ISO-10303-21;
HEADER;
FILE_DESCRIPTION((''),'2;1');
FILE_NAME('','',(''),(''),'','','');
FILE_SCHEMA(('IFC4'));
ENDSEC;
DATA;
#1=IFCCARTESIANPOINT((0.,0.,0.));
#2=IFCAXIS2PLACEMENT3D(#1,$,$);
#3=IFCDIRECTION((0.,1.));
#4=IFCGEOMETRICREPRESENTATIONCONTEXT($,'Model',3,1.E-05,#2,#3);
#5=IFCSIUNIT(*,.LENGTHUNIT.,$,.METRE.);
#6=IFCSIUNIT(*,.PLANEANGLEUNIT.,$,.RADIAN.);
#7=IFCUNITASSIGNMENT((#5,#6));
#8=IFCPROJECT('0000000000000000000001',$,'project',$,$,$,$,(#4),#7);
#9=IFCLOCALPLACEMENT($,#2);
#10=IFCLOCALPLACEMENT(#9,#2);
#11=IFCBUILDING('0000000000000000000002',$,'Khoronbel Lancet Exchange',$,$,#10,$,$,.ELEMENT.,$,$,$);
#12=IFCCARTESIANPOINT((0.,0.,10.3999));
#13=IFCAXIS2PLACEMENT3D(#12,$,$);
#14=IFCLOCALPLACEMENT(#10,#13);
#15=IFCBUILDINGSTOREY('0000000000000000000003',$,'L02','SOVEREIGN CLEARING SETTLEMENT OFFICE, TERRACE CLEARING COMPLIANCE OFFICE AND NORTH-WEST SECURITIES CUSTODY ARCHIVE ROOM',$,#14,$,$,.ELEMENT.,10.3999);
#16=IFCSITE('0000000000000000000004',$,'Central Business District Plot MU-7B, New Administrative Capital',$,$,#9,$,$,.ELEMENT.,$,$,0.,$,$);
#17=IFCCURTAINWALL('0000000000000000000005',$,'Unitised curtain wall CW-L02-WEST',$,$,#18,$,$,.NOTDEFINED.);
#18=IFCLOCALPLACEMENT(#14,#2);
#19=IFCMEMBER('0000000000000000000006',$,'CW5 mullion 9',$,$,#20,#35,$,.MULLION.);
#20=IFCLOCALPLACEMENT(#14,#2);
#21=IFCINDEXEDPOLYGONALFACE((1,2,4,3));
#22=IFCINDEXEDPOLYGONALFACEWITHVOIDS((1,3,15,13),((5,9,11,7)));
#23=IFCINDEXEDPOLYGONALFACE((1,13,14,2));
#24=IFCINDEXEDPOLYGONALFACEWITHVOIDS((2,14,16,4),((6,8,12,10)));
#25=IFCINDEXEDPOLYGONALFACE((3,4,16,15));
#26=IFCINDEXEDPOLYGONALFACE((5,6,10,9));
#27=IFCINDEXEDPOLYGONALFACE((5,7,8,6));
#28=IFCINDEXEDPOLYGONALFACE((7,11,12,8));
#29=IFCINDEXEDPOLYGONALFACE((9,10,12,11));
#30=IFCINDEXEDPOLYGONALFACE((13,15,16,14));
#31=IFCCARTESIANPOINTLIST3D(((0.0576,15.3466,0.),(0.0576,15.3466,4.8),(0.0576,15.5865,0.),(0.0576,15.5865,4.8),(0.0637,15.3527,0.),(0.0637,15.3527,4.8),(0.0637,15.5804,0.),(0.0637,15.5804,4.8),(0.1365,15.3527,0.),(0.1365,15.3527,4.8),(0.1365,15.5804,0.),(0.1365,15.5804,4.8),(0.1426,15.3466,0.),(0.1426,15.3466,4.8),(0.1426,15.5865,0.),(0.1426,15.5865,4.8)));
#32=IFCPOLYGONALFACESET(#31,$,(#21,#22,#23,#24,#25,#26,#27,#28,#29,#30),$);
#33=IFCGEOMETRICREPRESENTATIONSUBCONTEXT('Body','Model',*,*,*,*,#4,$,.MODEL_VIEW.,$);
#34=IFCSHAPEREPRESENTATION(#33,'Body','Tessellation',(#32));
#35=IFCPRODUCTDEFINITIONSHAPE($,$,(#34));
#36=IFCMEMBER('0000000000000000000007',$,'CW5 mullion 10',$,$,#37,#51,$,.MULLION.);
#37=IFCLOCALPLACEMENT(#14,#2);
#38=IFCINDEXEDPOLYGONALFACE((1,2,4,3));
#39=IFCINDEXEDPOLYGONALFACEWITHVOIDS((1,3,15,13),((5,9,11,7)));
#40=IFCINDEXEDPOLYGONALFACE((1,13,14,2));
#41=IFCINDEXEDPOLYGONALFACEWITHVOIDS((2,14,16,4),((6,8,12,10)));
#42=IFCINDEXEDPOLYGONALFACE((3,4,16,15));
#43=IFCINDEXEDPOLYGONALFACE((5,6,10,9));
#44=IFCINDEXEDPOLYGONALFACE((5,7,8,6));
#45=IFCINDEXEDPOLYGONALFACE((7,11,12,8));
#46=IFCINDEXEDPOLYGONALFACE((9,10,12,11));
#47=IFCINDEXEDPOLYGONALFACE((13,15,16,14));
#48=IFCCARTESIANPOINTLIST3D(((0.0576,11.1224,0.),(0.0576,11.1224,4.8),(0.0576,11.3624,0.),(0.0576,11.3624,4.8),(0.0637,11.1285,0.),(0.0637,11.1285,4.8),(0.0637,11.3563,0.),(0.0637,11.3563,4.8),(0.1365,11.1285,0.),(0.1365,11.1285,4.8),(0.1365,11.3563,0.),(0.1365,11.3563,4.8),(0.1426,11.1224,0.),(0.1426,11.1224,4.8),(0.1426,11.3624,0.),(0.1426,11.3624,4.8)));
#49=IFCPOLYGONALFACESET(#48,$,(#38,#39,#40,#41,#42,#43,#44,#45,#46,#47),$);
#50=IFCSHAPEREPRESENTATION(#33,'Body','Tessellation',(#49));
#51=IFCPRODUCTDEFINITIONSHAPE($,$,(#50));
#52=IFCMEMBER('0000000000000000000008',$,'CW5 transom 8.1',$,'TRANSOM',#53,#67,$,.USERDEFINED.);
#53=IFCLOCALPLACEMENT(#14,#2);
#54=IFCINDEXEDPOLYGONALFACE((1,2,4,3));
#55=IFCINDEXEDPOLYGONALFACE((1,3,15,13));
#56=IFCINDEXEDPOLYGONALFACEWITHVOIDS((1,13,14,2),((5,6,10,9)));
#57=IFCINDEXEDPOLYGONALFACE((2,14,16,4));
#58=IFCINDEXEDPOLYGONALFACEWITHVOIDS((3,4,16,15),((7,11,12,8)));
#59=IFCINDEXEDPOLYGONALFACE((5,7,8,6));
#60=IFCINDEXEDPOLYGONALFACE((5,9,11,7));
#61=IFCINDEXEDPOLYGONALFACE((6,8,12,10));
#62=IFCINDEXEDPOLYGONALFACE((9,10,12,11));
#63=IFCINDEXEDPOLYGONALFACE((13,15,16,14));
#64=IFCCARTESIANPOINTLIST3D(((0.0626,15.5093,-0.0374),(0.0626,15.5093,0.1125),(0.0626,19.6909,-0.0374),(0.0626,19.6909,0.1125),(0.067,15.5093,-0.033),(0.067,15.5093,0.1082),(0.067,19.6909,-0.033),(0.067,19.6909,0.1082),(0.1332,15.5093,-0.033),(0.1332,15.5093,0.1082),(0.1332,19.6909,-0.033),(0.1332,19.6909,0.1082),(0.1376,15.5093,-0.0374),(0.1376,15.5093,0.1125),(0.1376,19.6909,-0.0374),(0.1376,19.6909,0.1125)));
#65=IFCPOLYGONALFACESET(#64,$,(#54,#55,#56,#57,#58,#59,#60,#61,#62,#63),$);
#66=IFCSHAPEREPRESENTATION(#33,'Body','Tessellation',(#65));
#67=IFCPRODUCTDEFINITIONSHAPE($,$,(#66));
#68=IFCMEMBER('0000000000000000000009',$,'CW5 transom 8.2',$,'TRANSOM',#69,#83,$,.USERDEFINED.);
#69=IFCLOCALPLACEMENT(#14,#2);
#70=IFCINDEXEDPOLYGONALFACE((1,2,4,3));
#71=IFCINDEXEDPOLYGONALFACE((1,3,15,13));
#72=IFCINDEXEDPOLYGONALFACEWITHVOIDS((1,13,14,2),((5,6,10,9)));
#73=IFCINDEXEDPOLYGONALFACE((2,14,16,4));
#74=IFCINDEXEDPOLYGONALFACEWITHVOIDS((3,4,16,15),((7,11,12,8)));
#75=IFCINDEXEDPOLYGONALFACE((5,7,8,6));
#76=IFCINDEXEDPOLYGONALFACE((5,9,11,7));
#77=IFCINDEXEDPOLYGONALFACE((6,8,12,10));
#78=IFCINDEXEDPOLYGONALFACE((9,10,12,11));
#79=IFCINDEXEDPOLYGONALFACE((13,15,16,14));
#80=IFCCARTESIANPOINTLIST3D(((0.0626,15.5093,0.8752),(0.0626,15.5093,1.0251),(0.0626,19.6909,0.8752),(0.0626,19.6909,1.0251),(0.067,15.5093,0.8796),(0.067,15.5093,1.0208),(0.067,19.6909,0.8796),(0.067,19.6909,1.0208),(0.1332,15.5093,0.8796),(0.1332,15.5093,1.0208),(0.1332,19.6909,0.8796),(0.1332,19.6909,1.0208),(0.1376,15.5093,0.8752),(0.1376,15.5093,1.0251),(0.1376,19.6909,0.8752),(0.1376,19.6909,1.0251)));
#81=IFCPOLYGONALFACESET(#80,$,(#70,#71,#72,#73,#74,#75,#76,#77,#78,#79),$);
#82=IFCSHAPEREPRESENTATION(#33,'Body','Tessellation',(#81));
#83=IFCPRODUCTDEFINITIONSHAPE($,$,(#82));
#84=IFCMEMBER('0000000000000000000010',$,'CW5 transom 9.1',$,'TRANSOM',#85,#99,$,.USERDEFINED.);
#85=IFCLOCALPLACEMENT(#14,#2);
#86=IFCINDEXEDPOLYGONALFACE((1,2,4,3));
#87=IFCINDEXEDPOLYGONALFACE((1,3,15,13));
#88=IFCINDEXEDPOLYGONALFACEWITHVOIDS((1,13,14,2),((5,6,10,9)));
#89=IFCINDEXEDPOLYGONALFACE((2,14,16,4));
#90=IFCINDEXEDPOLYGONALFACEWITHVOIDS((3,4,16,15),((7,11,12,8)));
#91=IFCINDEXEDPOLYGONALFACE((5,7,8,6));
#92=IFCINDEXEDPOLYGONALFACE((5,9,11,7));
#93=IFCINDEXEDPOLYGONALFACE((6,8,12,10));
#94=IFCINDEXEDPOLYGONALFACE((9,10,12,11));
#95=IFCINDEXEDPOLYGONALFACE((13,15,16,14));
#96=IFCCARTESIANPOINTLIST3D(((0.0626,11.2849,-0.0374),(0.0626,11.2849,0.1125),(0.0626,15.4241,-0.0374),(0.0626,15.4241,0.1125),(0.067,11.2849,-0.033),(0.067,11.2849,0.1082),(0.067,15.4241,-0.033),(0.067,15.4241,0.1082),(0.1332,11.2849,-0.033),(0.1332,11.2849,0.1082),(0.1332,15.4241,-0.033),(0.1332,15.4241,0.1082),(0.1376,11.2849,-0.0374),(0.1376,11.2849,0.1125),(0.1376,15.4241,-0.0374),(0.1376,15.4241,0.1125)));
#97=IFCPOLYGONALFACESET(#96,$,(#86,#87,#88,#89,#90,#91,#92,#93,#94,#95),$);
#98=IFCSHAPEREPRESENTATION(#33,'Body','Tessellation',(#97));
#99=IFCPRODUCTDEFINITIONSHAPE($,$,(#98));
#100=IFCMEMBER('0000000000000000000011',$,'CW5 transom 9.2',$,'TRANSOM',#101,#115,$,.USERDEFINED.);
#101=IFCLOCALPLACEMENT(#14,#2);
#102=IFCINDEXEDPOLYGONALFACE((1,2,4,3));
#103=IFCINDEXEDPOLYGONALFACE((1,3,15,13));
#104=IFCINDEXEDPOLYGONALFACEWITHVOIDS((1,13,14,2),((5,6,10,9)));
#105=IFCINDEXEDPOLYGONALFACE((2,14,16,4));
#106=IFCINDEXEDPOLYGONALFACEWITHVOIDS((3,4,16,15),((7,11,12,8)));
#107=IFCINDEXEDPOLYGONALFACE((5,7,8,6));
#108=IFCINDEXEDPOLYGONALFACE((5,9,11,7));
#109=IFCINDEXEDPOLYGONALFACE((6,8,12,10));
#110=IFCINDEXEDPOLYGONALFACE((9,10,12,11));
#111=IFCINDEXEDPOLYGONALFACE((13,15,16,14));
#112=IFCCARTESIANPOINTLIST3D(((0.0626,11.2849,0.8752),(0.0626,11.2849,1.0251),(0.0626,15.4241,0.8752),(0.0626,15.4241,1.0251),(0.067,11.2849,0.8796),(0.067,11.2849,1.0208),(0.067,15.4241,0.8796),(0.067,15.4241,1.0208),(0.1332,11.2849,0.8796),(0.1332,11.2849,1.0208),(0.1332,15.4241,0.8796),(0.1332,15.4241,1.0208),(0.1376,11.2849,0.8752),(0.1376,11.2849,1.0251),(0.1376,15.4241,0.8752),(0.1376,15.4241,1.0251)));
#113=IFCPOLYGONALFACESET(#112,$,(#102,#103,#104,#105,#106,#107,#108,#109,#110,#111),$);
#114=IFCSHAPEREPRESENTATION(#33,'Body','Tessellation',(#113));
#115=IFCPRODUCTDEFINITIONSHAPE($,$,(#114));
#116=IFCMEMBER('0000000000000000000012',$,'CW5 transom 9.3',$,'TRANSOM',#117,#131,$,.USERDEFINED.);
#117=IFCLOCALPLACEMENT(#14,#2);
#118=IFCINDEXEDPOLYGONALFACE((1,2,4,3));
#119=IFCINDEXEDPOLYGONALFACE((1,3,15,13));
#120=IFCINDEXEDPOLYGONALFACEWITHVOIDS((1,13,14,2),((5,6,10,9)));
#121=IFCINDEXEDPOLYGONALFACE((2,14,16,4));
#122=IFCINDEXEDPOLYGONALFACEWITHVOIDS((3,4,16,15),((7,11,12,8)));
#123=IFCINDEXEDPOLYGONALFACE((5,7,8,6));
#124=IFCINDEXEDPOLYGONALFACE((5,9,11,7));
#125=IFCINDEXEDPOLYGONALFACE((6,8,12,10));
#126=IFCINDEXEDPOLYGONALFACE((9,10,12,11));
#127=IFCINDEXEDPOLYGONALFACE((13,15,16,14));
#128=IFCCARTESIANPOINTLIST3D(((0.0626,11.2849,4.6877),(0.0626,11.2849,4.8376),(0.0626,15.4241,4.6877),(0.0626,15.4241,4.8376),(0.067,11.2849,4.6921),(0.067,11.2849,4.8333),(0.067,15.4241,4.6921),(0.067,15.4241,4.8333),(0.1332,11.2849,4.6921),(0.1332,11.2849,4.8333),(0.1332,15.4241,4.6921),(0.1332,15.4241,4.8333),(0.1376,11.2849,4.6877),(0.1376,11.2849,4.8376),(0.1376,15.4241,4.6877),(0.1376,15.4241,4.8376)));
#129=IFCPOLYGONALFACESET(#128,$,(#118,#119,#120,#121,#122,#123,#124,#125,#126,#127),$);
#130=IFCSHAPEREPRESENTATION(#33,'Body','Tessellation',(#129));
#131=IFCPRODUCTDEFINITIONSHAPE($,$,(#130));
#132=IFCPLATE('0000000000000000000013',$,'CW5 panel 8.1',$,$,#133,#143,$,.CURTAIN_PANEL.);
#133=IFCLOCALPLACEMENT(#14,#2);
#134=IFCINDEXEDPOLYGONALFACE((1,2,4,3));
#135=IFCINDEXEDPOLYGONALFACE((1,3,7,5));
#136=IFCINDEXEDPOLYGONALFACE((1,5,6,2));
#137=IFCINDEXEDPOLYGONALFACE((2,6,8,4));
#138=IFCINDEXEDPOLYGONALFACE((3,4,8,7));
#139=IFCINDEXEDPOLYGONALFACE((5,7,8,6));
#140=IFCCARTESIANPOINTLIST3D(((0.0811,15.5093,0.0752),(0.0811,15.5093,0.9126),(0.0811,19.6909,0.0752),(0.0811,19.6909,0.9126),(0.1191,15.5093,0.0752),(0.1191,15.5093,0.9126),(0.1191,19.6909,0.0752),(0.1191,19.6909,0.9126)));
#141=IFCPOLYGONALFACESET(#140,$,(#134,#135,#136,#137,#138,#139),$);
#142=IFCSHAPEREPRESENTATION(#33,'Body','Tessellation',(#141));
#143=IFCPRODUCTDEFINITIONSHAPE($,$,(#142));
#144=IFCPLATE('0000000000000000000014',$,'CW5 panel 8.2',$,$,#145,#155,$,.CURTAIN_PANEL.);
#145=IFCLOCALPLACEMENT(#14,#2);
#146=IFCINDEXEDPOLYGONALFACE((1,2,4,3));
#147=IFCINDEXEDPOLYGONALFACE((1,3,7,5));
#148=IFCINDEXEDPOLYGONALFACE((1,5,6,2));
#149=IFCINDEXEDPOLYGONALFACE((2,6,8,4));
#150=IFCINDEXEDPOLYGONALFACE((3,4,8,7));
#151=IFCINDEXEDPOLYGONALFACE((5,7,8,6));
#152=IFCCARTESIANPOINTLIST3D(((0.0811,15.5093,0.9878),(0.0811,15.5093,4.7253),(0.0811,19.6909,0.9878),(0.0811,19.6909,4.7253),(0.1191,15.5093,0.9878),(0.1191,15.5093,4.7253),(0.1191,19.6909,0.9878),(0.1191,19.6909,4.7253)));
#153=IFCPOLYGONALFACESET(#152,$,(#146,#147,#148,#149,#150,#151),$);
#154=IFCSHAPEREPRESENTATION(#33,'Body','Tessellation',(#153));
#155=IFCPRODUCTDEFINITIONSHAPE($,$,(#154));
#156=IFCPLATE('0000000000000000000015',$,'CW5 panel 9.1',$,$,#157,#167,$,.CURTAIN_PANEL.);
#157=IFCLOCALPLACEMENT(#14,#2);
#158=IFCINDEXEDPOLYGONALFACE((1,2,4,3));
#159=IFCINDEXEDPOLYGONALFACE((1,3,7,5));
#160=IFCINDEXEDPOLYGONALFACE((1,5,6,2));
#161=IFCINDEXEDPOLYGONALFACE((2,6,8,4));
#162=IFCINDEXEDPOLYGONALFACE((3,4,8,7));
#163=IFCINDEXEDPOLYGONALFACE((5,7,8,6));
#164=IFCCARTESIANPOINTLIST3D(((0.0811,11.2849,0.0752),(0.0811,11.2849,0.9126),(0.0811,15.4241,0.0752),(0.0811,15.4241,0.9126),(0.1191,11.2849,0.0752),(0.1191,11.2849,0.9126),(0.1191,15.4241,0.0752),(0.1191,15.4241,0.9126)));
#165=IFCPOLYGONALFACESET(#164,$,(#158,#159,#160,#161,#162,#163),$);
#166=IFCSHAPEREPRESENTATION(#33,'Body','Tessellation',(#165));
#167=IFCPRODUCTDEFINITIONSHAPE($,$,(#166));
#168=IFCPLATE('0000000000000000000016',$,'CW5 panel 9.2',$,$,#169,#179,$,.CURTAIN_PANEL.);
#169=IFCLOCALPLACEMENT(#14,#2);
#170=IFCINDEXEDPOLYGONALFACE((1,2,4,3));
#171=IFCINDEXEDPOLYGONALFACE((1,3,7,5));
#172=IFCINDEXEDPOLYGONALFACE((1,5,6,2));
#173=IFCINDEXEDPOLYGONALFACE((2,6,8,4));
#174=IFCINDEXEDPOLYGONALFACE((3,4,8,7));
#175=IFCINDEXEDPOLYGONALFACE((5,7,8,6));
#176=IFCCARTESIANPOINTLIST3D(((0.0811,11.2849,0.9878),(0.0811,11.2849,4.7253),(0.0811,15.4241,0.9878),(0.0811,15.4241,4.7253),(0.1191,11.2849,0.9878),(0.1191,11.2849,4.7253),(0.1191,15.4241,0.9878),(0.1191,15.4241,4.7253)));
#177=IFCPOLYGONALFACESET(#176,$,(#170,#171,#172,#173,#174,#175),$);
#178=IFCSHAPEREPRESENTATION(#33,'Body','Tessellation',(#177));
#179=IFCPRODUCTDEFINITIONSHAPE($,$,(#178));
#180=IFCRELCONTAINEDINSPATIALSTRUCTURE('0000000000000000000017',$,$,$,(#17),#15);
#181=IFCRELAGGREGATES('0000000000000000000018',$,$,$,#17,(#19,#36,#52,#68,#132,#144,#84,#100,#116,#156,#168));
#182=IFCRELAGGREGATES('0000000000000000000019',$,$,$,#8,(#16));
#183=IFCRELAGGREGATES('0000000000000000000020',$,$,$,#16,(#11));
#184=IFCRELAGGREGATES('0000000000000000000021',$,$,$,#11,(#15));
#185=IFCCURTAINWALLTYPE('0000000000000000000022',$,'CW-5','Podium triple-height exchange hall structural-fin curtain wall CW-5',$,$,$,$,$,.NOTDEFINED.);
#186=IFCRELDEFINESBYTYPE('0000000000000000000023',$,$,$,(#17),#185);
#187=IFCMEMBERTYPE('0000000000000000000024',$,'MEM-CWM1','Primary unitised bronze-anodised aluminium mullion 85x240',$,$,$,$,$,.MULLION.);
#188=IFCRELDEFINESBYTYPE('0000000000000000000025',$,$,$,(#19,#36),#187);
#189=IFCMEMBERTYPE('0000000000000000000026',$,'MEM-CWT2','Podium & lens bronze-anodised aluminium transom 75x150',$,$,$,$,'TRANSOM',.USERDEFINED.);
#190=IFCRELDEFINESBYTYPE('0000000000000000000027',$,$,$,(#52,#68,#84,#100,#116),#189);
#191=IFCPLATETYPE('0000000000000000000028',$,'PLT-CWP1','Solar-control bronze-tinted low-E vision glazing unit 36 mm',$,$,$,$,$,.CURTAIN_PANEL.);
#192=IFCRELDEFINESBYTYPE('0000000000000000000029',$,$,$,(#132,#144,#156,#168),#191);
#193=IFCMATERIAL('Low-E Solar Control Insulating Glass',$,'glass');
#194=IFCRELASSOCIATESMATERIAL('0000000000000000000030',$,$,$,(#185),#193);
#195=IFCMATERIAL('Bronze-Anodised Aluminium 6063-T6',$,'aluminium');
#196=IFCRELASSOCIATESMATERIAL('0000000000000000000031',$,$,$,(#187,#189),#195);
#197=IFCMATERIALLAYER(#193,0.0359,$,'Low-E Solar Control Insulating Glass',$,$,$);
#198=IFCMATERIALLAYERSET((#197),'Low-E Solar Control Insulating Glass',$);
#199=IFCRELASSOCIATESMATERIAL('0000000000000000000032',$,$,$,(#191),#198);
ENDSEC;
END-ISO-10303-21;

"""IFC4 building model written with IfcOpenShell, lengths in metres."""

from ifc_helpers import new_model, si_unit, direction, frame, origin, origin_2d, place, context, subcontext, project, spatial, rectangle, hollow_rectangle, extrude, material, layer, layer_set, material_profile, profile_set, type_object, element, aggregate, save


model = new_model("IFC4")

# Units and contexts
model_context = context("Model", 3, precision=1e-05, world=origin(), true_north=direction((0.0, 1.0)))
body_context = subcontext(model_context, "Body", "Model", "MODEL_VIEW")
ifc_project = project(units=[si_unit("LENGTHUNIT", "METRE"), si_unit("PLANEANGLEUNIT", "RADIAN")], contexts=[model_context])

# Site, building, storey
site_placement = place(None, origin())
site = spatial("IfcSite", under=ifc_project, at=site_placement, Name="Central Business District Plot MU-7B, New Administrative Capital", CompositionType="ELEMENT", RefElevation=0.0)
building_placement = place(site_placement, origin())
building = spatial("IfcBuilding", under=site, at=building_placement, Name="Khoronbel Lancet Exchange", CompositionType="ELEMENT")
storey_placement = place(building_placement, frame((0.0, 0.0, 10.3999)))
storey = spatial("IfcBuildingStorey", under=building, at=storey_placement, Name="L02", Description="SOVEREIGN CLEARING SETTLEMENT OFFICE, TERRACE CLEARING COMPLIANCE OFFICE AND NORTH-WEST SECURITIES CUSTODY ARCHIVE ROOM", CompositionType="ELEMENT", Elevation=10.3999)

# Curtain wall, members, plates
ifc_material_1 = material(Name="Low-E Solar Control Insulating Glass", Category="glass")
curtain_wall_type = type_object("IfcCurtainWallType", Name="CW-5", Description="Podium triple-height exchange hall structural-fin curtain wall CW-5", PredefinedType="NOTDEFINED", material=ifc_material_1)
curtain_wall_placement = place(storey_placement, origin())
curtain_wall = element("IfcCurtainWall", 1, at=curtain_wall_placement, inside=storey, type_object=curtain_wall_type, Name="Unitised curtain wall CW-L02-WEST", PredefinedType="NOTDEFINED")
ifc_material_2 = material(Name="Bronze-Anodised Aluminium 6063-T6", Category="aluminium")
ifc_material_profile_1 = material_profile(ifc_material_2, hollow_rectangle(XDim=0.085, YDim=0.24, WallThickness=0.0061, at=origin_2d()), Name="ALU MULLION 85x240")
ifc_profile_set_1 = profile_set([ifc_material_profile_1], Name="Bronze-Anodised Aluminium 6063-T6")
member_type_1 = type_object("IfcMemberType", Name="MEM-CWM1", Description="Primary unitised bronze-anodised aluminium mullion 85x240", PredefinedType="MULLION", material=ifc_profile_set_1)
member_1_placement = place(storey_placement, frame((0.1001, 15.4666, 0.0), z_axis=(0.0, 0.0, 1.0), x_axis=(1.0, 0.0, 0.0)))
member_1 = element("IfcMember", 2, at=member_1_placement, type_object=member_type_1, Name="CW5 mullion 9", PredefinedType="MULLION", context=body_context, shape_type="SweptSolid", body=[
    extrude(hollow_rectangle(XDim=0.085, YDim=0.24, WallThickness=0.0061, at=origin_2d()), origin(), (0.0, 0.0, 1.0), 4.8),
])
member_2_placement = place(storey_placement, frame((0.1001, 11.2424, 0.0), z_axis=(0.0, 0.0, 1.0), x_axis=(1.0, 0.0, 0.0)))
member_2 = element("IfcMember", 3, at=member_2_placement, type_object=member_type_1, Name="CW5 mullion 10", PredefinedType="MULLION", context=body_context, shape_type="SweptSolid", body=[
    extrude(hollow_rectangle(XDim=0.085, YDim=0.24, WallThickness=0.0061, at=origin_2d()), origin(), (0.0, 0.0, 1.0), 4.8),
])
ifc_material_profile_2 = material_profile(ifc_material_2, hollow_rectangle(XDim=0.075, YDim=0.1499, WallThickness=0.0044, at=origin_2d()), Name="ALU TRANSOM 75x150")
ifc_profile_set_2 = profile_set([ifc_material_profile_2], Name="Bronze-Anodised Aluminium 6063-T6")
member_type_2 = type_object("IfcMemberType", Name="MEM-CWT2", Description="Podium & lens bronze-anodised aluminium transom 75x150", ElementType="TRANSOM", PredefinedType="USERDEFINED", material=ifc_profile_set_2)
member_3_placement = place(storey_placement, frame((0.1001, 19.6909, 0.0376), z_axis=(0.0, -1.0, 0.0), x_axis=(1.0, 0.0, 0.0)))
member_3 = element("IfcMember", 4, at=member_3_placement, type_object=member_type_2, Name="CW5 transom 8.1", ObjectType="TRANSOM", PredefinedType="USERDEFINED", context=body_context, shape_type="SweptSolid", body=[
    extrude(hollow_rectangle(XDim=0.075, YDim=0.1499, WallThickness=0.0044, at=origin_2d()), origin(), (0.0, 0.0, 1.0), 4.1816),
])
member_4_placement = place(storey_placement, frame((0.1001, 19.6909, 0.9502), z_axis=(0.0, -1.0, 0.0), x_axis=(1.0, 0.0, 0.0)))
member_4 = element("IfcMember", 5, at=member_4_placement, type_object=member_type_2, Name="CW5 transom 8.2", ObjectType="TRANSOM", PredefinedType="USERDEFINED", context=body_context, shape_type="SweptSolid", body=[
    extrude(hollow_rectangle(XDim=0.075, YDim=0.1499, WallThickness=0.0044, at=origin_2d()), origin(), (0.0, 0.0, 1.0), 4.1816),
])
member_5_placement = place(storey_placement, frame((0.1001, 15.4241, 0.0376), z_axis=(0.0, -1.0, 0.0), x_axis=(1.0, 0.0, 0.0)))
member_5 = element("IfcMember", 6, at=member_5_placement, type_object=member_type_2, Name="CW5 transom 9.1", ObjectType="TRANSOM", PredefinedType="USERDEFINED", context=body_context, shape_type="SweptSolid", body=[
    extrude(hollow_rectangle(XDim=0.075, YDim=0.1499, WallThickness=0.0044, at=origin_2d()), origin(), (0.0, 0.0, 1.0), 4.1392),
])
member_6_placement = place(storey_placement, frame((0.1001, 15.4241, 0.9502), z_axis=(0.0, -1.0, 0.0), x_axis=(1.0, 0.0, 0.0)))
member_6 = element("IfcMember", 7, at=member_6_placement, type_object=member_type_2, Name="CW5 transom 9.2", ObjectType="TRANSOM", PredefinedType="USERDEFINED", context=body_context, shape_type="SweptSolid", body=[
    extrude(hollow_rectangle(XDim=0.075, YDim=0.1499, WallThickness=0.0044, at=origin_2d()), origin(), (0.0, 0.0, 1.0), 4.1392),
])
member_7_placement = place(storey_placement, frame((0.1001, 15.4241, 4.7627), z_axis=(0.0, -1.0, 0.0), x_axis=(1.0, 0.0, 0.0)))
member_7 = element("IfcMember", 8, at=member_7_placement, type_object=member_type_2, Name="CW5 transom 9.3", ObjectType="TRANSOM", PredefinedType="USERDEFINED", context=body_context, shape_type="SweptSolid", body=[
    extrude(hollow_rectangle(XDim=0.075, YDim=0.1499, WallThickness=0.0044, at=origin_2d()), origin(), (0.0, 0.0, 1.0), 4.1392),
])
ifc_layer_1 = layer(ifc_material_1, 0.0359, Name="Low-E Solar Control Insulating Glass")
ifc_layer_set_1 = layer_set([ifc_layer_1], Name="Low-E Solar Control Insulating Glass")
plate_type = type_object("IfcPlateType", Name="PLT-CWP1", Description="Solar-control bronze-tinted low-E vision glazing unit 36 mm", PredefinedType="CURTAIN_PANEL", material=ifc_layer_set_1)
plate_1_placement = place(storey_placement, frame((0.1001, 17.6001, 0.0752), z_axis=(0.0, 0.0, 1.0), x_axis=(0.0, -1.0, 0.0)))
plate_1 = element("IfcPlate", 9, at=plate_1_placement, type_object=plate_type, Name="CW5 panel 8.1", PredefinedType="CURTAIN_PANEL", context=body_context, shape_type="SweptSolid", body=[
    extrude(rectangle(XDim=4.1816, YDim=0.0381, at=origin_2d()), origin(), (0.0, 0.0, 1.0), 0.8374),
])
plate_2_placement = place(storey_placement, frame((0.1001, 17.6001, 0.9878), z_axis=(0.0, 0.0, 1.0), x_axis=(0.0, -1.0, 0.0)))
plate_2 = element("IfcPlate", 10, at=plate_2_placement, type_object=plate_type, Name="CW5 panel 8.2", PredefinedType="CURTAIN_PANEL", context=body_context, shape_type="SweptSolid", body=[
    extrude(rectangle(XDim=4.1816, YDim=0.0381, at=origin_2d()), origin(), (0.0, 0.0, 1.0), 3.7375),
])
plate_3_placement = place(storey_placement, frame((0.1001, 13.3545, 0.0752), z_axis=(0.0, 0.0, 1.0), x_axis=(0.0, -1.0, 0.0)))
plate_3 = element("IfcPlate", 11, at=plate_3_placement, type_object=plate_type, Name="CW5 panel 9.1", PredefinedType="CURTAIN_PANEL", context=body_context, shape_type="SweptSolid", body=[
    extrude(rectangle(XDim=4.1392, YDim=0.0381, at=origin_2d()), origin(), (0.0, 0.0, 1.0), 0.8374),
])
plate_4_placement = place(storey_placement, frame((0.1001, 13.3545, 0.9878), z_axis=(0.0, 0.0, 1.0), x_axis=(0.0, -1.0, 0.0)))
plate_4 = element("IfcPlate", 12, at=plate_4_placement, type_object=plate_type, Name="CW5 panel 9.2", PredefinedType="CURTAIN_PANEL", context=body_context, shape_type="SweptSolid", body=[
    extrude(rectangle(XDim=4.1392, YDim=0.0381, at=origin_2d()), origin(), (0.0, 0.0, 1.0), 3.7375),
])
aggregate(curtain_wall, [member_1, member_2, member_3, member_4, plate_1, plate_2, member_5, member_6, member_7, plate_3, plate_4])

save(model, "model.ifc")
